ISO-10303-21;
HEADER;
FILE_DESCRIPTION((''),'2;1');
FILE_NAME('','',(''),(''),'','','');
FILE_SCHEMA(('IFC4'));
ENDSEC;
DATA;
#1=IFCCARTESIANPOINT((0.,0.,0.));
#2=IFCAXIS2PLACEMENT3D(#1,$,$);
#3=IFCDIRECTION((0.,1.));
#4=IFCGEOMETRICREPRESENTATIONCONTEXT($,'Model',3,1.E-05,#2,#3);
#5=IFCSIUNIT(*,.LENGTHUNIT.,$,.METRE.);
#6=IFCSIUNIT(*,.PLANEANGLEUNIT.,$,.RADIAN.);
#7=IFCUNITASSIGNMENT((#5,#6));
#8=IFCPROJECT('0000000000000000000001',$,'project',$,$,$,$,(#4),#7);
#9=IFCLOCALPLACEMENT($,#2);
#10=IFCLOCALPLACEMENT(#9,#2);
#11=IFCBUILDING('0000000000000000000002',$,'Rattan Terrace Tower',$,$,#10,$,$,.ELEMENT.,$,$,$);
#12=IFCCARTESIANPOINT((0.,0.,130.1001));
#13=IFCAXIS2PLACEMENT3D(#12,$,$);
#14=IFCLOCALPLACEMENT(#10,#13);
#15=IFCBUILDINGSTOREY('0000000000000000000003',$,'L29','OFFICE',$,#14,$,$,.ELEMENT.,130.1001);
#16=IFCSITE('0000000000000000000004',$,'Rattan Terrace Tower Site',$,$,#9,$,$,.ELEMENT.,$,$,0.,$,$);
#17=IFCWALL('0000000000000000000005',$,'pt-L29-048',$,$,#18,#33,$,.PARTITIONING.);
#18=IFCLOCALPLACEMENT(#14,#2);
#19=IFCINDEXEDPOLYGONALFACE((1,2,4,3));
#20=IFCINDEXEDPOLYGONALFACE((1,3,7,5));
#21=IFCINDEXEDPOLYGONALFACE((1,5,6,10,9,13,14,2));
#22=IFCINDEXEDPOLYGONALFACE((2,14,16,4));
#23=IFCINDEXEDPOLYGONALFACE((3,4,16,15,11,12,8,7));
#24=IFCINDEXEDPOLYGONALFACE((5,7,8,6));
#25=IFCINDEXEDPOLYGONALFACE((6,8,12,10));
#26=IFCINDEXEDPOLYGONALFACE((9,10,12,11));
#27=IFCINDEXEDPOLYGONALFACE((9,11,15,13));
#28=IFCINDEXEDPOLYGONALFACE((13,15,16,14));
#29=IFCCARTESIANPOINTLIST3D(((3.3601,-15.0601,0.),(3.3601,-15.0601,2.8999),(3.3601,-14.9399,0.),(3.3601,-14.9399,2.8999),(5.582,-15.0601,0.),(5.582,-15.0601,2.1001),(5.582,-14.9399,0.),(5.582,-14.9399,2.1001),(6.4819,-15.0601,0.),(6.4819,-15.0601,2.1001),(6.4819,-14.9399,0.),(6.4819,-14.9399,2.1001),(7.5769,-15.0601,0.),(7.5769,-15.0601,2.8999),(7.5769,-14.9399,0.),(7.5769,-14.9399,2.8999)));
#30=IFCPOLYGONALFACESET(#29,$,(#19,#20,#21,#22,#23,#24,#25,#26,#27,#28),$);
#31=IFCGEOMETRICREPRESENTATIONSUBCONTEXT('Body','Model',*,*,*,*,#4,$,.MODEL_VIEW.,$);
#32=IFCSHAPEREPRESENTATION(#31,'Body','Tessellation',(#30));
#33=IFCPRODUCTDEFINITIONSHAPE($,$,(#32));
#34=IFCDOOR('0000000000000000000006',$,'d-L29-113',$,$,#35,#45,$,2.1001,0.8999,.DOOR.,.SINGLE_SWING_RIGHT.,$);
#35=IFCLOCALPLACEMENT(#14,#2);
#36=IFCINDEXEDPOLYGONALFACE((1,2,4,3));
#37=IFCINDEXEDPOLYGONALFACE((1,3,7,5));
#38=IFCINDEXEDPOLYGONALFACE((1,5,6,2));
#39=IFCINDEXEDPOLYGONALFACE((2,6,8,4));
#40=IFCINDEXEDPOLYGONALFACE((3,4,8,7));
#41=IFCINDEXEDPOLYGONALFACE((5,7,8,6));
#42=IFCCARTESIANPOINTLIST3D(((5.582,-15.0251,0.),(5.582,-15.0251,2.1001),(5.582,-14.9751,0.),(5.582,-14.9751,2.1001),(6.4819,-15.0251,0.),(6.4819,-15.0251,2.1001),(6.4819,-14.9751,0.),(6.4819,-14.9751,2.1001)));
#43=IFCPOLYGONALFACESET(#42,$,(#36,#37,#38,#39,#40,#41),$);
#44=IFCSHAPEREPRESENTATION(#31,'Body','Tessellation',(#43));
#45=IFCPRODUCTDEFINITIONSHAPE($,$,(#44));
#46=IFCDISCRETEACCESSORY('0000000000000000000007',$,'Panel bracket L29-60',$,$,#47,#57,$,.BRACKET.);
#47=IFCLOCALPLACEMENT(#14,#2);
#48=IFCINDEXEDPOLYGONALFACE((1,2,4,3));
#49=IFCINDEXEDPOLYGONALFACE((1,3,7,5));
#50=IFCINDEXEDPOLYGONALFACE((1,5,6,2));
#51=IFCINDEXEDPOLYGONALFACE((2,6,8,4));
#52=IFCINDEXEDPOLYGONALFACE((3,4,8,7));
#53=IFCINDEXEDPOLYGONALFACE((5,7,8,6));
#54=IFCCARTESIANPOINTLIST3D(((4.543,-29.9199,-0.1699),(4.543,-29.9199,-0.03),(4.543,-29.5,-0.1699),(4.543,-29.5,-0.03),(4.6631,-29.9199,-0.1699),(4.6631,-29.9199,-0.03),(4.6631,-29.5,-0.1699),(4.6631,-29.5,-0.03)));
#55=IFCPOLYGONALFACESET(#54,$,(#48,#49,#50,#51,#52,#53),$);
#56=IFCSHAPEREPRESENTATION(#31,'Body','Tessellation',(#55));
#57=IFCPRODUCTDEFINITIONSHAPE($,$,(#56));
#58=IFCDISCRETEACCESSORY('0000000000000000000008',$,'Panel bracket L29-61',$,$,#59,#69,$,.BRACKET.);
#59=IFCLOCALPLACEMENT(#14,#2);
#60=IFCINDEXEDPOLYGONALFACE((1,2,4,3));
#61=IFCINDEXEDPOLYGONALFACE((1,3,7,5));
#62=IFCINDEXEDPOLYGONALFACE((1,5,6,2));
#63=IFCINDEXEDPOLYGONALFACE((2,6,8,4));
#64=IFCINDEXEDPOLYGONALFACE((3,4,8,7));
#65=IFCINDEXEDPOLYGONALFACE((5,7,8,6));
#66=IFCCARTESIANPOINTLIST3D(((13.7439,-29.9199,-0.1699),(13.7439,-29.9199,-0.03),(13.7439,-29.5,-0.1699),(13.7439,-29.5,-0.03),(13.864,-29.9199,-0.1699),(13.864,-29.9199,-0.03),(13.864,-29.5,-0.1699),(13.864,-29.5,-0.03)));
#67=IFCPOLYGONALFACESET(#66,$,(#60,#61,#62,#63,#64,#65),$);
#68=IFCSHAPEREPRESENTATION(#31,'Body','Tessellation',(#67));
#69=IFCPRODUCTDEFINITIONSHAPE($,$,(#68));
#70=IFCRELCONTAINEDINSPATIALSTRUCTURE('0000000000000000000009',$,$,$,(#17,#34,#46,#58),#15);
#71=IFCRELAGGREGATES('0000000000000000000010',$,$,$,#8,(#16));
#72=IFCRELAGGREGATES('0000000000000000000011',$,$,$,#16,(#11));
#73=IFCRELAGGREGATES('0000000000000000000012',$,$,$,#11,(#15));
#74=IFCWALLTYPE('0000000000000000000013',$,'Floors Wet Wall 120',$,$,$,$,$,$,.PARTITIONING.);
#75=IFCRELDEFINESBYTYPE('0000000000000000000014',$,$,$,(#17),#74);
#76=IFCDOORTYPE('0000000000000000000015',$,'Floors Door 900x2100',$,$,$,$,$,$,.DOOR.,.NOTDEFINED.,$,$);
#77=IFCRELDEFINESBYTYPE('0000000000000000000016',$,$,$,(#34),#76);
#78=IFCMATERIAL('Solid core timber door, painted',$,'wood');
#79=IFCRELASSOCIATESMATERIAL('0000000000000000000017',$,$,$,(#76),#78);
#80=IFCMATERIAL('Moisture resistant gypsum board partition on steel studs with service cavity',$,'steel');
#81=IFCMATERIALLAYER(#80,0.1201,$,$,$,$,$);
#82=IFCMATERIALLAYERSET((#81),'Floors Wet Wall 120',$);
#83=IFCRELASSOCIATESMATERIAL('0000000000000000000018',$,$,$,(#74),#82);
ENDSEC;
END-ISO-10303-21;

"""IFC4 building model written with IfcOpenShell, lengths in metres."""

from ifc_helpers import new_model, si_unit, direction, frame, frame_2d, origin, origin_2d, place, context, subcontext, project, spatial, rectangle, extrude, material, layer, layer_set, type_object, element, fill, save


model = new_model("IFC4")

# Units and contexts
model_context = context("Model", 3, precision=1e-05, world=origin(), true_north=direction((0.0, 1.0)))
body_context = subcontext(model_context, "Body", "Model", "MODEL_VIEW")
ifc_project = project(units=[si_unit("LENGTHUNIT", "METRE"), si_unit("PLANEANGLEUNIT", "RADIAN")], contexts=[model_context])

# Site, building, storey
site_placement = place(None, origin())
site = spatial("IfcSite", under=ifc_project, at=site_placement, Name="Rattan Terrace Tower Site", CompositionType="ELEMENT", RefElevation=0.0)
building_placement = place(site_placement, origin())
building = spatial("IfcBuilding", under=site, at=building_placement, Name="Rattan Terrace Tower", CompositionType="ELEMENT")
storey_placement = place(building_placement, frame((0.0, 0.0, 130.1001)))
storey = spatial("IfcBuildingStorey", under=building, at=storey_placement, Name="L29", Description="OFFICE", CompositionType="ELEMENT", Elevation=130.1001)

# Shared definitions
ifc_material_1 = material(Name="Solid core timber door, painted", Category="wood")
door_type = type_object("IfcDoorType", Name="Floors Door 900x2100", OperationType="NOTDEFINED", PredefinedType="DOOR", material=ifc_material_1)

# Wall, opening, door
ifc_material_2 = material(Name="Moisture resistant gypsum board partition on steel studs with service cavity", Category="steel")
ifc_layer_1 = layer(ifc_material_2, 0.1201)
ifc_layer_set_1 = layer_set([ifc_layer_1], Name="Floors Wet Wall 120")
wall_type_1 = type_object("IfcWallType", Name="Floors Wet Wall 120", PredefinedType="PARTITIONING", material=ifc_layer_set_1)
wall_1_placement = place(storey_placement, frame((3.3601, -15.0, 0.0), z_axis=(0.0, 0.0, 1.0), x_axis=(1.0, 0.0, 0.0)))
wall_1 = element("IfcWall", 1, at=wall_1_placement, inside=storey, type_object=wall_type_1, Name="pt-L29-048", PredefinedType="PARTITIONING", context=body_context, shape_type="SweptSolid", body=[
    extrude(rectangle(XDim=4.2168, YDim=0.1201, at=frame_2d((2.1084, 0.0))), origin(), (0.0, 0.0, 1.0), 2.8999),
])
opening_1_placement = place(wall_1_placement, frame((2.2219, 0.0, 0.0)))
opening_1 = element("IfcOpeningElement", 2, at=opening_1_placement, cuts=wall_1, PredefinedType="OPENING", context=body_context, shape_type="SweptSolid", body=[
    extrude(rectangle(XDim=0.8999, YDim=2.1001, at=frame_2d((0.45, 1.05))), frame((0.0, 0.0706, 0.0), z_axis=(0.0, -1.0, 0.0), x_axis=(1.0, 0.0, 0.0)), (0.0, 0.0, 1.0), 0.1411),
])
door_1_placement = place(opening_1_placement, origin())
door_1 = element("IfcDoor", 3, at=door_1_placement, inside=storey, type_object=door_type, Name="d-L29-113", OperationType="SINGLE_SWING_RIGHT", OverallHeight=2.1001, OverallWidth=0.8999, PredefinedType="DOOR", context=body_context, shape_type="SweptSolid", body=[
    extrude(rectangle(XDim=0.8999, YDim=2.1001, at=frame_2d((0.45, 1.05))), frame((0.0, 0.0249, 0.0), z_axis=(0.0, -1.0, 0.0), x_axis=(1.0, 0.0, 0.0)), (0.0, 0.0, 1.0), 0.05),
])
fill(opening_1, door_1)

# Discrete accessories
for number, where, z_axis, x_axis, name in (
    (4, (4.603, -29.71, -0.1699), (0.0, 0.0, 1.0), (1.0, 0.0, 0.0), "Panel bracket L29-60"),
    (5, (13.804, -29.71, -0.1699), (0.0, 0.0, 1.0), (1.0, 0.0, 0.0), "Panel bracket L29-61"),
):
    element("IfcDiscreteAccessory", number, at=place(storey_placement, frame(where, z_axis=z_axis, x_axis=x_axis)), inside=storey, Name=name, PredefinedType="BRACKET", context=body_context, shape_type="SweptSolid", body=[
        extrude(rectangle(XDim=0.1201, YDim=0.4199, at=origin_2d()), origin(), (0.0, 0.0, 1.0), 0.1399),
    ])

save(model, "model.ifc")
